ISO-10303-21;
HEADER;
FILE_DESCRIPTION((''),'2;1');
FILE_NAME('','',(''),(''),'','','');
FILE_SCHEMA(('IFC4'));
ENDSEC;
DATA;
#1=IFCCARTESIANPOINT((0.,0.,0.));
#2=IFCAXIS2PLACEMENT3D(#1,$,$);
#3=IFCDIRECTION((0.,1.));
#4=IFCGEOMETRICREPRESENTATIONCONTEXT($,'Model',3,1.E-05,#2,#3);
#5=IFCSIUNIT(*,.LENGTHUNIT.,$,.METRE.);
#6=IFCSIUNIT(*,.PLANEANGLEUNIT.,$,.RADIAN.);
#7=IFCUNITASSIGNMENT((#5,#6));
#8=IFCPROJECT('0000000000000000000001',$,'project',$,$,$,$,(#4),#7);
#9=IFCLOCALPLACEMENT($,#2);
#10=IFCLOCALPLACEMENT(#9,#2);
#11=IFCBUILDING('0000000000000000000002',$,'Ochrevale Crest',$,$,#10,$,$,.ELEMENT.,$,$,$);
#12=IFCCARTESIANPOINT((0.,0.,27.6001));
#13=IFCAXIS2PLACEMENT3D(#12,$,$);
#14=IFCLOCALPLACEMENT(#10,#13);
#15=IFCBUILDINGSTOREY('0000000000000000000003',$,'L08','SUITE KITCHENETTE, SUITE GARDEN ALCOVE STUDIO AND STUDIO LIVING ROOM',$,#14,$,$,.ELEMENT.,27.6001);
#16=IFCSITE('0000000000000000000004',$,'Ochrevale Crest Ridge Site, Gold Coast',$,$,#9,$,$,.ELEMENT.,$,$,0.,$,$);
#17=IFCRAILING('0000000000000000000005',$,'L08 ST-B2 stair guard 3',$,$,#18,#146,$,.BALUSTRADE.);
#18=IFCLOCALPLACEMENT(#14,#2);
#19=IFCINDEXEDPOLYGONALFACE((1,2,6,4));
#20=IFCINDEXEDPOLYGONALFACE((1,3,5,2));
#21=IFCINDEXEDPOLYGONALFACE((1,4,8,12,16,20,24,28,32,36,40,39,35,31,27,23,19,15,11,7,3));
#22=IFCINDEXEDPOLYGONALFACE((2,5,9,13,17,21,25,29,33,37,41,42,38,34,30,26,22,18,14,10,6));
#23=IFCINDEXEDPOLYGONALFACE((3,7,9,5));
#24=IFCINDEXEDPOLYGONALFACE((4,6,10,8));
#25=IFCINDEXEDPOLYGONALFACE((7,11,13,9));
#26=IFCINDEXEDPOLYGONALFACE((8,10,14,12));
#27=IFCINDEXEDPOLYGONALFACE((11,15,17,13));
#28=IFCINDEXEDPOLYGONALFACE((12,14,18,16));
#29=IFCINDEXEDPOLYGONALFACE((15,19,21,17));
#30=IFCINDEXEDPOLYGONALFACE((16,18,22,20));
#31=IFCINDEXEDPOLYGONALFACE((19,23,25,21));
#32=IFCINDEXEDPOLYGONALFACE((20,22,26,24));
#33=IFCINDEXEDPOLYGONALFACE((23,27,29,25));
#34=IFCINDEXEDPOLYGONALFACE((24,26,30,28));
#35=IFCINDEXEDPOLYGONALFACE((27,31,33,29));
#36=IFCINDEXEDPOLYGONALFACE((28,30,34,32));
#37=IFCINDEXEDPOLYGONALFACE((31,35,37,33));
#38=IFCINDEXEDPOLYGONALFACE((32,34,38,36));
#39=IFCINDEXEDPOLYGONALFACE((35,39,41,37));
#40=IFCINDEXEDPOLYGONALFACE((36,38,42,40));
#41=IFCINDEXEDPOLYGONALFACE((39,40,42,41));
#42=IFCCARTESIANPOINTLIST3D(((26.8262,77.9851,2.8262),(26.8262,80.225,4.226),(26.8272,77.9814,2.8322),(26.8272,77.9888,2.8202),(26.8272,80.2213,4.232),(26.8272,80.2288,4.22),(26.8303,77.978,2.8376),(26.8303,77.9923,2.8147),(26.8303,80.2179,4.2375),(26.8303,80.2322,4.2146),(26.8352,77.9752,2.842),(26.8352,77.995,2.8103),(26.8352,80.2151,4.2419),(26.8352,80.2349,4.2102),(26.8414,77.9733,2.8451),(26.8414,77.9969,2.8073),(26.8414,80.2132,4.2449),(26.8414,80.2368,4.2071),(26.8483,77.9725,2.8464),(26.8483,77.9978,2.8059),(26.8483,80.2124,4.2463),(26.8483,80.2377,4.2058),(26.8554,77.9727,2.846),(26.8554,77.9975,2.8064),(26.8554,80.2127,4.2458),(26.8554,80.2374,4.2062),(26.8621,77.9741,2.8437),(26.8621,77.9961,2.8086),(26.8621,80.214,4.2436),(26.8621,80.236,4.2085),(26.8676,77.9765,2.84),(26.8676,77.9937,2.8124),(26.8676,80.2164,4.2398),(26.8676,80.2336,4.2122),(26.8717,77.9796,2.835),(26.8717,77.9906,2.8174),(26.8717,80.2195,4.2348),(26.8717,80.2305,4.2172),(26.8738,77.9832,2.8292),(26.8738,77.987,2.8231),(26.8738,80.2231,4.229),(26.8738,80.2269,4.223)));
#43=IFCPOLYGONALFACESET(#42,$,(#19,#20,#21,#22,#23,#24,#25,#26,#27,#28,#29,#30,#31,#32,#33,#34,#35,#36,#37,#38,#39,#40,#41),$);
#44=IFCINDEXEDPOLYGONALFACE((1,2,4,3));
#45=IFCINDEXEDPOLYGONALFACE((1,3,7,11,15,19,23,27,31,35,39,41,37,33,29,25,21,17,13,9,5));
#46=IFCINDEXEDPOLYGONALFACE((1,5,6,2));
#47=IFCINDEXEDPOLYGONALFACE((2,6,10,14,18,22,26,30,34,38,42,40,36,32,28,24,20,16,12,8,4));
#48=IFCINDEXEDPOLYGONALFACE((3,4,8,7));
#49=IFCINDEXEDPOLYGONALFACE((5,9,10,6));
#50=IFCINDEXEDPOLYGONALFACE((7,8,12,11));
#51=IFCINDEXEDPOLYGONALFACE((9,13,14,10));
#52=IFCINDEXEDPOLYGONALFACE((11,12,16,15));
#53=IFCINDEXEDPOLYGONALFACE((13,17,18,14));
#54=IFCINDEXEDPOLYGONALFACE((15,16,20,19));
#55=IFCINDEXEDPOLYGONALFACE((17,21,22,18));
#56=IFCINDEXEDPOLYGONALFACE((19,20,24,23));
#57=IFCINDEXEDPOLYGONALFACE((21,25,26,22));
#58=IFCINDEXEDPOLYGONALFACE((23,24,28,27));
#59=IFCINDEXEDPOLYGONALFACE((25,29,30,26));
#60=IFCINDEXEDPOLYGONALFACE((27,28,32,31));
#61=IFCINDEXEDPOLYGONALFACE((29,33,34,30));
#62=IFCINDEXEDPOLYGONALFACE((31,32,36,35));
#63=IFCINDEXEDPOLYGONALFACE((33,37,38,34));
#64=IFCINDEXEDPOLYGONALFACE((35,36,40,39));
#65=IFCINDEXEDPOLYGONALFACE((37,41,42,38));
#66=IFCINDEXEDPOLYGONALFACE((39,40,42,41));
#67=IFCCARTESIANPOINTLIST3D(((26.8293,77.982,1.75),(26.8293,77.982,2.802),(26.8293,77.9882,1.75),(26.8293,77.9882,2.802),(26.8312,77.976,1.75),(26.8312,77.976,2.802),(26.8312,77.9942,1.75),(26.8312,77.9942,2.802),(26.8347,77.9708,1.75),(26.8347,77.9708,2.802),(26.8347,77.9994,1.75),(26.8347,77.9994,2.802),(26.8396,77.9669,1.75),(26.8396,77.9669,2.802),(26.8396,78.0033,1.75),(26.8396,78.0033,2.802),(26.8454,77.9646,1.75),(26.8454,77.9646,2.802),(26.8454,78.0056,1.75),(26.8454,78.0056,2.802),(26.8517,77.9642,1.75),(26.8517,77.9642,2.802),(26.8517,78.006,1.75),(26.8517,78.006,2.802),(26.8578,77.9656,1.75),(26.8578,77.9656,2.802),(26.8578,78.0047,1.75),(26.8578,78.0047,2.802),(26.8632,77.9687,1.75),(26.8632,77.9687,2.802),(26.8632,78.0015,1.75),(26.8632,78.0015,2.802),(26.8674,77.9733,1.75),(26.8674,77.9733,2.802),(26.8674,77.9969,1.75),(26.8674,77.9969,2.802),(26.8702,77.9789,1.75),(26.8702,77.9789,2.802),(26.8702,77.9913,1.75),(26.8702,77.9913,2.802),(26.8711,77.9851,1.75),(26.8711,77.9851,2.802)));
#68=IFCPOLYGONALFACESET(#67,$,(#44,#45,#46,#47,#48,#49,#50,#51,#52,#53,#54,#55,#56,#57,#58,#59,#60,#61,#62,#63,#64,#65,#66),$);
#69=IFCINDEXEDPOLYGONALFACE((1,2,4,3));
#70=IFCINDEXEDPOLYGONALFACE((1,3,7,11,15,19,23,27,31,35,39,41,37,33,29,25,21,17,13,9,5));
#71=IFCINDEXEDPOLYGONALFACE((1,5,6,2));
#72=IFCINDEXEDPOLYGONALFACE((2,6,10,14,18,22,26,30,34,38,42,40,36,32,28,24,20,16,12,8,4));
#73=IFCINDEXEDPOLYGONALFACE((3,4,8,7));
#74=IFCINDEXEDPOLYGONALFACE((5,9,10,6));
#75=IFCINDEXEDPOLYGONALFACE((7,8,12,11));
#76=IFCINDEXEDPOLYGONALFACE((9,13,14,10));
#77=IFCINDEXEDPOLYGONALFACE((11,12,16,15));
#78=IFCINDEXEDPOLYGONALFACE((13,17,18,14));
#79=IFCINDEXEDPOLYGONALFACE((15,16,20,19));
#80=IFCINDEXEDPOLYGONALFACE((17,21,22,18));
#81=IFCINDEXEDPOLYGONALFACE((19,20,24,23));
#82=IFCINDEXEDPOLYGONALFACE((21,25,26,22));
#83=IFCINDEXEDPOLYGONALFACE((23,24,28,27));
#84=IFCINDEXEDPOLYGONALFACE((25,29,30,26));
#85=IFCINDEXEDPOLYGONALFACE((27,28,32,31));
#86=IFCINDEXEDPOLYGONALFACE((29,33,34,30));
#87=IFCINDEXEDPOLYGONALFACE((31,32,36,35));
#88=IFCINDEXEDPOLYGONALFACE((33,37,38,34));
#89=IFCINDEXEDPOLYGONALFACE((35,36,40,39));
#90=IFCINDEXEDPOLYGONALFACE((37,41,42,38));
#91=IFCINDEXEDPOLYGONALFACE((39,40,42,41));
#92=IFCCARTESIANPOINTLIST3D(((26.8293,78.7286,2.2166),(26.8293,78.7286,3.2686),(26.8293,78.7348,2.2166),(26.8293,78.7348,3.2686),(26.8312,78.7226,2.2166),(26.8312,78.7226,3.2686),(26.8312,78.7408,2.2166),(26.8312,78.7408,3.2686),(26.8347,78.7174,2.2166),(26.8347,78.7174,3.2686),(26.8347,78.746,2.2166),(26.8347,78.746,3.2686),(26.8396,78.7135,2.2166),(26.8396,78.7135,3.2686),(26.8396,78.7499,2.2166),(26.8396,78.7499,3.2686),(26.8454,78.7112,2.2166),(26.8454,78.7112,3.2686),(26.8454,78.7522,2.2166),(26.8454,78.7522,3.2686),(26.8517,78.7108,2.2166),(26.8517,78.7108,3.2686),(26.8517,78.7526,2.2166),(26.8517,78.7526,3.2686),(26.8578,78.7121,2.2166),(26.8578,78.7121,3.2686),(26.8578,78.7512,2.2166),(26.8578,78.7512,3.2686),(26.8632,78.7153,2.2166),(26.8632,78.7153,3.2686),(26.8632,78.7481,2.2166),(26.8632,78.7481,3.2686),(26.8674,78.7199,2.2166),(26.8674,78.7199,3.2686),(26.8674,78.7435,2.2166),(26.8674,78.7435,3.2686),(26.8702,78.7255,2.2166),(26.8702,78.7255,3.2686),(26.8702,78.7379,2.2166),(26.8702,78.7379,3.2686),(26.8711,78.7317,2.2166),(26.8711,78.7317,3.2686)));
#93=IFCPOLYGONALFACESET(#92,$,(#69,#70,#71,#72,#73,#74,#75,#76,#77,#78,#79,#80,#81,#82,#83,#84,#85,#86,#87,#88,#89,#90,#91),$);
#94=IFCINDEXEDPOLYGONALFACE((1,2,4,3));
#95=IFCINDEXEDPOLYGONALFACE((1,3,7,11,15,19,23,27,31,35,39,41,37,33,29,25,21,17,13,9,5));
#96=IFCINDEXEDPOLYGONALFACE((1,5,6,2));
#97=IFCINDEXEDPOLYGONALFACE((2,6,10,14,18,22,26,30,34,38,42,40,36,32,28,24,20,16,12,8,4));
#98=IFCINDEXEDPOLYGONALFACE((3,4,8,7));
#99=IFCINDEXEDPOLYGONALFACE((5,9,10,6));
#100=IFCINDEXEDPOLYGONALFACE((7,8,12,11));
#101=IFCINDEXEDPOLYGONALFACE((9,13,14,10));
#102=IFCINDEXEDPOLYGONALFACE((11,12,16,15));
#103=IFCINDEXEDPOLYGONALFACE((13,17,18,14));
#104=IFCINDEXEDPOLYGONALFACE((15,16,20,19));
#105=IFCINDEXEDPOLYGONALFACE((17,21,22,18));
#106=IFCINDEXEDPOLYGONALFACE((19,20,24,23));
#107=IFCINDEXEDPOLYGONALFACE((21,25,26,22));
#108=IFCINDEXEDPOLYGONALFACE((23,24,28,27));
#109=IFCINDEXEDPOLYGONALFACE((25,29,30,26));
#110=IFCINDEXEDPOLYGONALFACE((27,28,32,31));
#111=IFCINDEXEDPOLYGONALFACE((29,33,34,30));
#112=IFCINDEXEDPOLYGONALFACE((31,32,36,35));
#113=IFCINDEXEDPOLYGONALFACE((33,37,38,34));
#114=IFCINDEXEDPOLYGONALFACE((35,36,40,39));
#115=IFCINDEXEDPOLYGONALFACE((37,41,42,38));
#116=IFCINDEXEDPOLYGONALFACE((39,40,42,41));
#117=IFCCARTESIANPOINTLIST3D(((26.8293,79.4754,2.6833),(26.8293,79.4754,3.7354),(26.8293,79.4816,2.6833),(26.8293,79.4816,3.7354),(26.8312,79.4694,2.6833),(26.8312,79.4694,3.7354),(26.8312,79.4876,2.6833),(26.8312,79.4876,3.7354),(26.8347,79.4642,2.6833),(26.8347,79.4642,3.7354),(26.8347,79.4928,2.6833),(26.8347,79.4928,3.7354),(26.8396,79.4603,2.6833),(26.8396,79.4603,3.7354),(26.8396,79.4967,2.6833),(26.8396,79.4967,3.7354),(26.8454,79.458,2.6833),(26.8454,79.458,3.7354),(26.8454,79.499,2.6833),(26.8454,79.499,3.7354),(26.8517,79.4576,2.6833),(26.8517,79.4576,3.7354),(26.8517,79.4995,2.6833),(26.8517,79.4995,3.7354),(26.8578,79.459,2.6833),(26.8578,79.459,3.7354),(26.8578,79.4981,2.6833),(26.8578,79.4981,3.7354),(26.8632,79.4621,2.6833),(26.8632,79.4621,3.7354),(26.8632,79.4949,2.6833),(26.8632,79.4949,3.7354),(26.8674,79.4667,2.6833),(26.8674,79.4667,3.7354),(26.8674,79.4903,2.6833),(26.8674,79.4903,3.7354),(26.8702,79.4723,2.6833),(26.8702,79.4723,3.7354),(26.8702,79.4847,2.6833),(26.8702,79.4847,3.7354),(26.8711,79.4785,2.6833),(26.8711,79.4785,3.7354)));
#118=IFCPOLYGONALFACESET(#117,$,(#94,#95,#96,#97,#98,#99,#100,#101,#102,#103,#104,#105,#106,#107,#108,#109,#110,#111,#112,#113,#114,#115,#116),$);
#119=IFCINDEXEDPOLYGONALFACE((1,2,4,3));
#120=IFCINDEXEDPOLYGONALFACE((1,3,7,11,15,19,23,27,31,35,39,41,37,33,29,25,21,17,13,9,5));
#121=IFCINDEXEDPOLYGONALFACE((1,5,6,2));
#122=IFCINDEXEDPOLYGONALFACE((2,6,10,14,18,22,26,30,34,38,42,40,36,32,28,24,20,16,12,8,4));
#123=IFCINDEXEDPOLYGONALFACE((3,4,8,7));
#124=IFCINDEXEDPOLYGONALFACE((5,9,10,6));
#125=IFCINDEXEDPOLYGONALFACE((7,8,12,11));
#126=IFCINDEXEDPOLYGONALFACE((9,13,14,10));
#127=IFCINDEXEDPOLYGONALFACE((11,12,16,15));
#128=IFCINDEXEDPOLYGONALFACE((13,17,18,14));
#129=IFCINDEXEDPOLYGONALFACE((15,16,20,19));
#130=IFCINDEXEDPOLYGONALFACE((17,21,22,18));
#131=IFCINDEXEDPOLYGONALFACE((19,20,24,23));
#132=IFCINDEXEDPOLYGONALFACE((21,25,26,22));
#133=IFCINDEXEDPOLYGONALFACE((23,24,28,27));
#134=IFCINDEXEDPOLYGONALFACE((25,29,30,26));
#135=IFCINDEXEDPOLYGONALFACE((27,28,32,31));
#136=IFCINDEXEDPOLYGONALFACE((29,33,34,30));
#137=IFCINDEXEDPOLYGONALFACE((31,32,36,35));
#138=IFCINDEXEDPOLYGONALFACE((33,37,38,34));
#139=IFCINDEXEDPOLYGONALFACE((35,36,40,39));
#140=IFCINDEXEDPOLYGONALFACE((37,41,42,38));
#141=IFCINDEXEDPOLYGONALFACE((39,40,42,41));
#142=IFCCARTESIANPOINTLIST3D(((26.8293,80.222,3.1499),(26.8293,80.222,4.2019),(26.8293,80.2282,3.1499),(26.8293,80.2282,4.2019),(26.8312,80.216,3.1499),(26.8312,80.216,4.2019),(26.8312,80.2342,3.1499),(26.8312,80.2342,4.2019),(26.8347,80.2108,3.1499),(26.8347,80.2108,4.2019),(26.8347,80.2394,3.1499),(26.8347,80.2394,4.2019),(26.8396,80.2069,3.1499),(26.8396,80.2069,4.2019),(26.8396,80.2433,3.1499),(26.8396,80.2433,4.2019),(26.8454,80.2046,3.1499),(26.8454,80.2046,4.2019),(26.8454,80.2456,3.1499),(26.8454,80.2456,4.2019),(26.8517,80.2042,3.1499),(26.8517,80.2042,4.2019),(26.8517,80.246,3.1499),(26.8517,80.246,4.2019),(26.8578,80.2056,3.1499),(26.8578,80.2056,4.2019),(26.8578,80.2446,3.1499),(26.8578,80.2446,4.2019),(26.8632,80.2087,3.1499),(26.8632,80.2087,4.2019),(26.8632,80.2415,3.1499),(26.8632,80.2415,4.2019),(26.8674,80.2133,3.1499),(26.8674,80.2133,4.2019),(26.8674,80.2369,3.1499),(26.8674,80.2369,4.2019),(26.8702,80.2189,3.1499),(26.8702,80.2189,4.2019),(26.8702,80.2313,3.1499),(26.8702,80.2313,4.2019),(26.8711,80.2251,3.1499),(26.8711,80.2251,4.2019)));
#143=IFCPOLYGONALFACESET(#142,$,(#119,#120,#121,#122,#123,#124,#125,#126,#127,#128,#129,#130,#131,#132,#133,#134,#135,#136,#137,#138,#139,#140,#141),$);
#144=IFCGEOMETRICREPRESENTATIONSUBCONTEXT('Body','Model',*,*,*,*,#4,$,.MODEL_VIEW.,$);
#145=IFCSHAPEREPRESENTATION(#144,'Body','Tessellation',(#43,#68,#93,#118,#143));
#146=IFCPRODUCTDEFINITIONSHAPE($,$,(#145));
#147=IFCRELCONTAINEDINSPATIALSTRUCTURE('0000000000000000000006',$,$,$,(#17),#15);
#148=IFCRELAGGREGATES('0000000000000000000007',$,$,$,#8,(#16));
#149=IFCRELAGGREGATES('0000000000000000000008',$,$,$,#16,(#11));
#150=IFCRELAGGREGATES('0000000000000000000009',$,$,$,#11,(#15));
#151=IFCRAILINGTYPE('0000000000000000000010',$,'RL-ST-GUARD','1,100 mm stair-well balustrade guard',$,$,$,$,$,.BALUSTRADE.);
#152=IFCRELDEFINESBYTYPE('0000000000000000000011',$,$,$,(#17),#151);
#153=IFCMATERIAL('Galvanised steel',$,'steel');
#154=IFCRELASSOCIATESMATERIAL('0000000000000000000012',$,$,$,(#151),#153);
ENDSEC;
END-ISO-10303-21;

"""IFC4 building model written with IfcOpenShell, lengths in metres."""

from ifc_helpers import new_model, si_unit, direction, frame, origin, origin_2d, place, context, subcontext, project, spatial, circle, extrude, material, type_object, element, save


model = new_model("IFC4")

# Units and contexts
model_context = context("Model", 3, precision=1e-05, world=origin(), true_north=direction((0.0, 1.0)))
body_context = subcontext(model_context, "Body", "Model", "MODEL_VIEW")
ifc_project = project(units=[si_unit("LENGTHUNIT", "METRE"), si_unit("PLANEANGLEUNIT", "RADIAN")], contexts=[model_context])

# Site, building, storey
site_placement = place(None, origin())
site = spatial("IfcSite", under=ifc_project, at=site_placement, Name="Ochrevale Crest Ridge Site, Gold Coast", CompositionType="ELEMENT", RefElevation=0.0)
building_placement = place(site_placement, origin())
building = spatial("IfcBuilding", under=site, at=building_placement, Name="Ochrevale Crest", CompositionType="ELEMENT")
storey_placement = place(building_placement, frame((0.0, 0.0, 27.6001)))
storey = spatial("IfcBuildingStorey", under=building, at=storey_placement, Name="L08", Description="SUITE KITCHENETTE, SUITE GARDEN ALCOVE STUDIO AND STUDIO LIVING ROOM", CompositionType="ELEMENT", Elevation=27.6001)

# Railing
ifc_material_1 = material(Name="Galvanised steel", Category="steel")
railing_type_1 = type_object("IfcRailingType", Name="RL-ST-GUARD", Description="1,100 mm stair-well balustrade guard", PredefinedType="BALUSTRADE", material=ifc_material_1)
railing_1_placement = place(storey_placement, frame((26.8501, 77.9851, 1.75)))
element("IfcRailing", 1, at=railing_1_placement, inside=storey, type_object=railing_type_1, Name="L08 ST-B2 stair guard 3", PredefinedType="BALUSTRADE", context=body_context, shape_type="SweptSolid", body=[
    extrude(circle(Radius=0.0239, at=origin_2d()), frame((0.0, 0.0, 1.0762), z_axis=(0.0, 0.848014, 0.529974), x_axis=(-1.0, 0.0, 0.0)), (0.0, 0.0, 1.0), 2.6414),
    extrude(circle(Radius=0.021, at=origin_2d()), origin(), (0.0, 0.0, 1.0), 1.052),
    extrude(circle(Radius=0.021, at=origin_2d()), frame((0.0, 0.7466, 0.4666)), (0.0, 0.0, 1.0), 1.052),
    extrude(circle(Radius=0.021, at=origin_2d()), frame((0.0, 1.4934, 0.9333)), (0.0, 0.0, 1.0), 1.052),
    extrude(circle(Radius=0.021, at=origin_2d()), frame((0.0, 2.24, 1.3999)), (0.0, 0.0, 1.0), 1.052),
])

save(model, "model.ifc")
